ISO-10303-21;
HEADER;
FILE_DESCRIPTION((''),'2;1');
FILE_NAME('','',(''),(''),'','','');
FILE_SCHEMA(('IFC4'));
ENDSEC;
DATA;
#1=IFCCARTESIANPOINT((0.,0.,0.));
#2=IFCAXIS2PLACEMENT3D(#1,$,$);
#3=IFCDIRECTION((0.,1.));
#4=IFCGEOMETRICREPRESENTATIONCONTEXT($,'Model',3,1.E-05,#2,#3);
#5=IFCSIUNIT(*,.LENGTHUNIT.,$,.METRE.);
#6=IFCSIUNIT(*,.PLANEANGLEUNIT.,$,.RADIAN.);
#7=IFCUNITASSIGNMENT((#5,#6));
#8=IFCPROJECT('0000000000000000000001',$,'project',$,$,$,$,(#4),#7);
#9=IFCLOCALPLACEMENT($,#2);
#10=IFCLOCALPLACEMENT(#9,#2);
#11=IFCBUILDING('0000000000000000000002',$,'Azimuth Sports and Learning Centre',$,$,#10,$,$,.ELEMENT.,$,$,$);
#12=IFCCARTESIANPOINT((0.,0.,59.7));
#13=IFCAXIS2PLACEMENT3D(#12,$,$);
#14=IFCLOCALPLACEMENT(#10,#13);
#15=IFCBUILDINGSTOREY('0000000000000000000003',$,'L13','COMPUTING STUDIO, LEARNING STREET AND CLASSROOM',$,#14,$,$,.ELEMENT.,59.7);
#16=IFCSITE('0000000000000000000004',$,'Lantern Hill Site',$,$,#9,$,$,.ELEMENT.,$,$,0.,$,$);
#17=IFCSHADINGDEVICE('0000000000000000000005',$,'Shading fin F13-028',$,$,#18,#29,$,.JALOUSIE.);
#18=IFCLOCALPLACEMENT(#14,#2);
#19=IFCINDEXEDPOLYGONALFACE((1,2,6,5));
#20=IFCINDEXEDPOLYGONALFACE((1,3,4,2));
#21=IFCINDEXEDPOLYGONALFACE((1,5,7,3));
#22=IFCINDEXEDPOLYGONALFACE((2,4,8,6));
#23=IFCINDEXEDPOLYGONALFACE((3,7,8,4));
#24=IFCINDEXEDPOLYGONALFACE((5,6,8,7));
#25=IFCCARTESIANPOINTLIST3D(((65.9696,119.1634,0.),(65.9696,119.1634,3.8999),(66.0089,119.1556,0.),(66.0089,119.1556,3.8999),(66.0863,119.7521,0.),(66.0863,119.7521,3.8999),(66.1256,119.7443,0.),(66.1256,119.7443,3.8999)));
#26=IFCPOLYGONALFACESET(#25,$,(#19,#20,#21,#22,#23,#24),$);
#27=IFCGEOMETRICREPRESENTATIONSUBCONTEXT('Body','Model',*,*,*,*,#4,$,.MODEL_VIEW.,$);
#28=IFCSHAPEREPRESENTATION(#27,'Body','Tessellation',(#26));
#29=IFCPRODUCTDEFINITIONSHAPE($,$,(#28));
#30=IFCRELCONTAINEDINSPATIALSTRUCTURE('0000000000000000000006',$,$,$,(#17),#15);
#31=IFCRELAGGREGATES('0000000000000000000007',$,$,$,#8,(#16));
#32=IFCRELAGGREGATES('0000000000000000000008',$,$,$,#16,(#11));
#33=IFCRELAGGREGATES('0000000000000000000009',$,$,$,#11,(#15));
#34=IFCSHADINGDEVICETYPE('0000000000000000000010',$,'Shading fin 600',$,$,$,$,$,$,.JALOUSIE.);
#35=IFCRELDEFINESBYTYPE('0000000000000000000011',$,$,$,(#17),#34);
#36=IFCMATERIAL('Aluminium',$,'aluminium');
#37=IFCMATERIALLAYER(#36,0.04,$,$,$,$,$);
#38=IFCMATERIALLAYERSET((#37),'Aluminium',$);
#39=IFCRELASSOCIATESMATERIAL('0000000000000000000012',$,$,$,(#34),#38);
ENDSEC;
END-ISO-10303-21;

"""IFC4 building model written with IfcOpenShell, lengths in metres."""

from ifc_helpers import new_model, si_unit, direction, frame, origin, origin_2d, place, context, subcontext, project, spatial, rectangle, extrude, material, layer, layer_set, type_object, element, save


model = new_model("IFC4")

# Units and contexts
model_context = context("Model", 3, precision=1e-05, world=origin(), true_north=direction((0.0, 1.0)))
body_context = subcontext(model_context, "Body", "Model", "MODEL_VIEW")
ifc_project = project(units=[si_unit("LENGTHUNIT", "METRE"), si_unit("PLANEANGLEUNIT", "RADIAN")], contexts=[model_context])

# Site, building, storey
site_placement = place(None, origin())
site = spatial("IfcSite", under=ifc_project, at=site_placement, Name="Lantern Hill Site", CompositionType="ELEMENT", RefElevation=0.0)
building_placement = place(site_placement, origin())
building = spatial("IfcBuilding", under=site, at=building_placement, Name="Azimuth Sports and Learning Centre", CompositionType="ELEMENT")
storey_placement = place(building_placement, frame((0.0, 0.0, 59.7)))
storey = spatial("IfcBuildingStorey", under=building, at=storey_placement, Name="L13", Description="COMPUTING STUDIO, LEARNING STREET AND CLASSROOM", CompositionType="ELEMENT", Elevation=59.7)

# Shading device
ifc_material_1 = material(Name="Aluminium", Category="aluminium")
ifc_layer_1 = layer(ifc_material_1, 0.04)
ifc_layer_set_1 = layer_set([ifc_layer_1], Name="Aluminium")
shading_device_type = type_object("IfcShadingDeviceType", Name="Shading fin 600", PredefinedType="JALOUSIE", material=ifc_layer_set_1)
for number, where, z_axis, x_axis, name in (
    (1, (66.0476, 119.4539, 0.0), (0.0, 0.0, 1.0), (0.194387, 0.980925, 0.0), "Shading fin F13-028"),
):
    element("IfcShadingDevice", number, at=place(storey_placement, frame(where, z_axis=z_axis, x_axis=x_axis)), inside=storey, type_object=shading_device_type, Name=name, PredefinedType="JALOUSIE", context=body_context, shape_type="SweptSolid", body=[
        extrude(rectangle(XDim=0.6001, YDim=0.04, at=origin_2d()), origin(), (0.0, 0.0, 1.0), 3.8999),
    ])

save(model, "model.ifc")
